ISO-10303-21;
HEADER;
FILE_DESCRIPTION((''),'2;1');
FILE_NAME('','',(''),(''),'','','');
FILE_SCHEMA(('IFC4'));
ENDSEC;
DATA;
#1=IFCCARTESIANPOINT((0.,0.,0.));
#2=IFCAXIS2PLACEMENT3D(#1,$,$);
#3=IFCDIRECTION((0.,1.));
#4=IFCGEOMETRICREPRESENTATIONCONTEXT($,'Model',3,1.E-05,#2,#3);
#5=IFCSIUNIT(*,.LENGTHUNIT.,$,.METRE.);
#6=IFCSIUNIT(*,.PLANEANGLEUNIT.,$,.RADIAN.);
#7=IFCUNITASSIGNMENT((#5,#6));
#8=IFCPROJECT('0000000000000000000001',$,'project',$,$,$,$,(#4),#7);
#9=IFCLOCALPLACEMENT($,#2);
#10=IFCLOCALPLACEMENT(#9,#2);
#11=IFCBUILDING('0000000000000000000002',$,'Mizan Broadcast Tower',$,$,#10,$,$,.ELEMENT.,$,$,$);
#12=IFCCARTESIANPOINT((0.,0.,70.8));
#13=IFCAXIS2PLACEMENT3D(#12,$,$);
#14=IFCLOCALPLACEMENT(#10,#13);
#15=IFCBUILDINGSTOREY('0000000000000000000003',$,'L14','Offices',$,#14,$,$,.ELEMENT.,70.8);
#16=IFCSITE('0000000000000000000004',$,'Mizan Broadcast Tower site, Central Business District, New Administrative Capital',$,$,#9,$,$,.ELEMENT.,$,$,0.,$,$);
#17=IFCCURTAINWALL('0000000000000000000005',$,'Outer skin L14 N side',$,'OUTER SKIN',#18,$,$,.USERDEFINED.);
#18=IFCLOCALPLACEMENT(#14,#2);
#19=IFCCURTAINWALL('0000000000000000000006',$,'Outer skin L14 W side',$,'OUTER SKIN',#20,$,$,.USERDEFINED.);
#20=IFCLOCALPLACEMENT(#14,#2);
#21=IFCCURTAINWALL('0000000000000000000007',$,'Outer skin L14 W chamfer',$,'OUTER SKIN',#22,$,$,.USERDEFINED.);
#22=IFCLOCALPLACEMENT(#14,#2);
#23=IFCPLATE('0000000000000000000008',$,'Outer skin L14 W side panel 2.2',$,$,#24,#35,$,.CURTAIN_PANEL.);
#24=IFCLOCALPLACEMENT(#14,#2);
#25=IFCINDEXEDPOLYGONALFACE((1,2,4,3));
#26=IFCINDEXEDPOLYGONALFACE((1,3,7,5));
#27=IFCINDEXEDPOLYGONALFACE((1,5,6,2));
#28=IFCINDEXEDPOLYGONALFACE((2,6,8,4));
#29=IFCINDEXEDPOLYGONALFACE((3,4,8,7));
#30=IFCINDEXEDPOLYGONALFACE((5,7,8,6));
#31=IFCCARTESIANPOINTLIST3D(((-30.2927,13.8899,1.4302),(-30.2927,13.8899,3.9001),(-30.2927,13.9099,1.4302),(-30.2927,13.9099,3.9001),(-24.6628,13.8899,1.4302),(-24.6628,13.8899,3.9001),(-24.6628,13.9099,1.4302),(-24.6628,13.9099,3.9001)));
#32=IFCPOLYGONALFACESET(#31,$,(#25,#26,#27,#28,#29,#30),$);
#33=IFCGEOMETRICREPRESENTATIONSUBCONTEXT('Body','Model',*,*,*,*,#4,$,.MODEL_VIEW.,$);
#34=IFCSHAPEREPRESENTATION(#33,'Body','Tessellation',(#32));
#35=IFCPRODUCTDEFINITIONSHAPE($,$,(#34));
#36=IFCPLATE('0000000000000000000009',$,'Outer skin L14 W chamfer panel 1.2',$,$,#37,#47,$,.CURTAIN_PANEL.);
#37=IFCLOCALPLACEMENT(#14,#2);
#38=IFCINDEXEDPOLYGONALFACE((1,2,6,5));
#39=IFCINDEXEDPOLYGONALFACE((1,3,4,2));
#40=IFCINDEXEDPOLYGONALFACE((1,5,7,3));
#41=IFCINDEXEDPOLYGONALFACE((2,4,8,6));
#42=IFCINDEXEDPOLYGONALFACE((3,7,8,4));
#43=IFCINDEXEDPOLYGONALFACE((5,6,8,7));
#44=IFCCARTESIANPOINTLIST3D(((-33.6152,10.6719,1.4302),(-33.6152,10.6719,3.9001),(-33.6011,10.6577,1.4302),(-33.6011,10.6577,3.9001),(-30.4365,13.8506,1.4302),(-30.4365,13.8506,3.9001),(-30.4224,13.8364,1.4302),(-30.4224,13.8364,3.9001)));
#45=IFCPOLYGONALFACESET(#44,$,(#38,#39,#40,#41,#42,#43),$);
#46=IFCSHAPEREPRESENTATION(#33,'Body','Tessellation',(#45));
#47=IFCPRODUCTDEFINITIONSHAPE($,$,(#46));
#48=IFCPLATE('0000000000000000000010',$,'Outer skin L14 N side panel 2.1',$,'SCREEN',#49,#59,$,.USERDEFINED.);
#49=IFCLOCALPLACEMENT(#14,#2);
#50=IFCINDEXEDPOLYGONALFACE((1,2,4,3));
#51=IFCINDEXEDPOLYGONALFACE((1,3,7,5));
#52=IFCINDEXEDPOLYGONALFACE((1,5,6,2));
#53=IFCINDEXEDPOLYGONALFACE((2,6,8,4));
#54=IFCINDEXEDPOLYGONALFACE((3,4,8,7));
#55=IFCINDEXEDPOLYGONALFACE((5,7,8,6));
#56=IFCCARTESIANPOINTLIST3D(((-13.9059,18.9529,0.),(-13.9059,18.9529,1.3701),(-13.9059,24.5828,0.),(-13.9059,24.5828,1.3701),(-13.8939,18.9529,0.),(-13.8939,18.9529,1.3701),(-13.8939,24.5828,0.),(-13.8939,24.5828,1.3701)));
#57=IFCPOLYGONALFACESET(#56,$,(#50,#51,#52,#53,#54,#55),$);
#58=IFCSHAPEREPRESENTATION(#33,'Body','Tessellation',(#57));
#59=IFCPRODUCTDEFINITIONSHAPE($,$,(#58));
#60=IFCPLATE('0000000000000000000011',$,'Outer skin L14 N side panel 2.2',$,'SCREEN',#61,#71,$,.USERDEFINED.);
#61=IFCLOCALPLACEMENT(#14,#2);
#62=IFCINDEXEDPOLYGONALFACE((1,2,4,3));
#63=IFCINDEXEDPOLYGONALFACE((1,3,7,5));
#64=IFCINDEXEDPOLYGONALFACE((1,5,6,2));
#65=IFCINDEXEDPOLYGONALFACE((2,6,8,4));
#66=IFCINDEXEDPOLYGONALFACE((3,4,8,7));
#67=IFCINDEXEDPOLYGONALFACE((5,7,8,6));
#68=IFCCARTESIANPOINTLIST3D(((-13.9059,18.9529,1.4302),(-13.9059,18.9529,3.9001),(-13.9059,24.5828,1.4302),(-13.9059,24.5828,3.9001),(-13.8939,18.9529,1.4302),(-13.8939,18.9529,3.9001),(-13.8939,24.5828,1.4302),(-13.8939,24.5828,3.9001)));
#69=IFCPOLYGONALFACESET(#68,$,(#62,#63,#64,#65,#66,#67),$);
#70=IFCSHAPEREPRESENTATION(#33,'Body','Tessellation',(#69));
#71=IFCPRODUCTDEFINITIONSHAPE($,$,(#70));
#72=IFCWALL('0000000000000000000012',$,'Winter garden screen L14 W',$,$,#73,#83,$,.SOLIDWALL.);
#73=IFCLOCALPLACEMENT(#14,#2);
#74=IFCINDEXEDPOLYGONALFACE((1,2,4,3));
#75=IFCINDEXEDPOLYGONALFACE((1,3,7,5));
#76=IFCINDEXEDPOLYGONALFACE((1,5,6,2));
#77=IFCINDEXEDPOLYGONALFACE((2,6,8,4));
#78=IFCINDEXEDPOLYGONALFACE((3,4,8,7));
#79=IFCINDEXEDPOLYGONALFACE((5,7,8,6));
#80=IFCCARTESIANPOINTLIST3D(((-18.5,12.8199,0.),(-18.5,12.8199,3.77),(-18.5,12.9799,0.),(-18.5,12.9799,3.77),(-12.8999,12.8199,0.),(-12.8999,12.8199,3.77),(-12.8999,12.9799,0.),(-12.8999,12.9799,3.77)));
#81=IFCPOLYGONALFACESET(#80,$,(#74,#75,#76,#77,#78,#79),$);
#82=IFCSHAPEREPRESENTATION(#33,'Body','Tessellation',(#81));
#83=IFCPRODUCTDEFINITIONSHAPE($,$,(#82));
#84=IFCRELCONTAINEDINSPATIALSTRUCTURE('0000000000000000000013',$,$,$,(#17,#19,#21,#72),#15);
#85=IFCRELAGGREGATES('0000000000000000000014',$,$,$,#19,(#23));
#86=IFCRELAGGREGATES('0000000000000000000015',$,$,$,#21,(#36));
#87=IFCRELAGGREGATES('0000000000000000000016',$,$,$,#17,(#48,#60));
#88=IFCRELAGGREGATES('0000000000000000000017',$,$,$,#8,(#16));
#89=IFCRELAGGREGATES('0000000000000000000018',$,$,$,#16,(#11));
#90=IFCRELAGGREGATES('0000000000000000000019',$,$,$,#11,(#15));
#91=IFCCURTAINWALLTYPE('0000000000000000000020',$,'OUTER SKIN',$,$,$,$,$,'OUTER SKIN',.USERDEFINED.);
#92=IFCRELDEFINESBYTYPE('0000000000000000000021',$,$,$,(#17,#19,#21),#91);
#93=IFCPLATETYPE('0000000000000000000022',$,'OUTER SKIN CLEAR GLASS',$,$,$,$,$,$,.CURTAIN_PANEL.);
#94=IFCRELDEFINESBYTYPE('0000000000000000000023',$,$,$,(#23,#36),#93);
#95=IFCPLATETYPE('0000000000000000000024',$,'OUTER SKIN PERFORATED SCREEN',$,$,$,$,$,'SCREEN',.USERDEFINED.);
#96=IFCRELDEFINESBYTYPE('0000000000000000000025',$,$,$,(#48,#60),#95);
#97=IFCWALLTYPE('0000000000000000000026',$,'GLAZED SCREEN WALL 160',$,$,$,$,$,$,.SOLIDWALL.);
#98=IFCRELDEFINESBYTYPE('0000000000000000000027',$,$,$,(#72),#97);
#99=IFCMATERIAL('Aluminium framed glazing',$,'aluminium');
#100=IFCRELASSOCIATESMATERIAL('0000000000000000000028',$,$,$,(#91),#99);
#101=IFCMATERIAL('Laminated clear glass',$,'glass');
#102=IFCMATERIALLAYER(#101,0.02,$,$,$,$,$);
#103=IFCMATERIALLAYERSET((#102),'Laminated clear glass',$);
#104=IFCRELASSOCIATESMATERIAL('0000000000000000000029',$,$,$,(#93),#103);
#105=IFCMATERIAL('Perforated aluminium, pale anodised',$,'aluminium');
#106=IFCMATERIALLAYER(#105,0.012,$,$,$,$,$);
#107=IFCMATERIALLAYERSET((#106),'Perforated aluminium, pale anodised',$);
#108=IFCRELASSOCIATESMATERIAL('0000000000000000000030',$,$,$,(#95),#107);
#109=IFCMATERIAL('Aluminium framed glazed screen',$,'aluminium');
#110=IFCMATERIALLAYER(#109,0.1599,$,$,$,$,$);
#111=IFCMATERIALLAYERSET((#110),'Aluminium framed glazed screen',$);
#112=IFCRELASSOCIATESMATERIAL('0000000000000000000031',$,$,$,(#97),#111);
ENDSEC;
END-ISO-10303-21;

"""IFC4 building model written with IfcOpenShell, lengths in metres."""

from ifc_helpers import new_model, si_unit, direction, frame, frame_2d, origin, origin_2d, place, context, subcontext, project, spatial, rectangle, extrude, material, layer, layer_set, type_object, element, aggregate, save


model = new_model("IFC4")

# Units and contexts
model_context = context("Model", 3, precision=1e-05, world=origin(), true_north=direction((0.0, 1.0)))
body_context = subcontext(model_context, "Body", "Model", "MODEL_VIEW")
ifc_project = project(units=[si_unit("LENGTHUNIT", "METRE"), si_unit("PLANEANGLEUNIT", "RADIAN")], contexts=[model_context])

# Site, building, storey
site_placement = place(None, origin())
site = spatial("IfcSite", under=ifc_project, at=site_placement, Name="Mizan Broadcast Tower site, Central Business District, New Administrative Capital", CompositionType="ELEMENT", RefElevation=0.0)
building_placement = place(site_placement, origin())
building = spatial("IfcBuilding", under=site, at=building_placement, Name="Mizan Broadcast Tower", CompositionType="ELEMENT")
storey_placement = place(building_placement, frame((0.0, 0.0, 70.8)))
storey = spatial("IfcBuildingStorey", under=building, at=storey_placement, Name="L14", Description="Offices", CompositionType="ELEMENT", Elevation=70.8)

# Shared definitions
ifc_material_1 = material(Name="Aluminium framed glazing", Category="aluminium")
curtain_wall_type_1 = type_object("IfcCurtainWallType", Name="OUTER SKIN", ElementType="OUTER SKIN", PredefinedType="USERDEFINED", material=ifc_material_1)

# Curtain wall
curtain_wall_1_placement = place(storey_placement, origin())
curtain_wall_1 = element("IfcCurtainWall", 1, at=curtain_wall_1_placement, inside=storey, type_object=curtain_wall_type_1, Name="Outer skin L14 N side", ObjectType="OUTER SKIN", PredefinedType="USERDEFINED")

# Curtain wall
curtain_wall_2_placement = place(storey_placement, origin())
curtain_wall_2 = element("IfcCurtainWall", 2, at=curtain_wall_2_placement, inside=storey, type_object=curtain_wall_type_1, Name="Outer skin L14 W side", ObjectType="OUTER SKIN", PredefinedType="USERDEFINED")

# Curtain wall
curtain_wall_3_placement = place(storey_placement, origin())
curtain_wall_3 = element("IfcCurtainWall", 3, at=curtain_wall_3_placement, inside=storey, type_object=curtain_wall_type_1, Name="Outer skin L14 W chamfer", ObjectType="OUTER SKIN", PredefinedType="USERDEFINED")

# Plates
ifc_material_2 = material(Name="Laminated clear glass", Category="glass")
ifc_layer_1 = layer(ifc_material_2, 0.02)
ifc_layer_set_1 = layer_set([ifc_layer_1], Name="Laminated clear glass")
plate_type_1 = type_object("IfcPlateType", Name="OUTER SKIN CLEAR GLASS", PredefinedType="CURTAIN_PANEL", material=ifc_layer_set_1)
plate_1_placement = place(storey_placement, frame((-27.4778, 13.8999, 1.4302), z_axis=(0.0, 0.0, 1.0), x_axis=(-1.0, 0.0, 0.0)))
plate_1 = element("IfcPlate", 4, at=plate_1_placement, type_object=plate_type_1, Name="Outer skin L14 W side panel 2.2", PredefinedType="CURTAIN_PANEL", context=body_context, shape_type="SweptSolid", body=[
    extrude(rectangle(XDim=5.6299, YDim=0.02, at=origin_2d()), origin(), (0.0, 0.0, 1.0), 2.47),
])
aggregate(curtain_wall_2, [plate_1])
plate_2_placement = place(storey_placement, frame((-32.0188, 12.2542, 1.4302), z_axis=(0.0, 0.0, 1.0), x_axis=(-0.707107, -0.707107, 0.0)))
plate_2 = element("IfcPlate", 5, at=plate_2_placement, type_object=plate_type_1, Name="Outer skin L14 W chamfer panel 1.2", PredefinedType="CURTAIN_PANEL", context=body_context, shape_type="SweptSolid", body=[
    extrude(rectangle(XDim=4.4954, YDim=0.02, at=origin_2d()), origin(), (0.0, 0.0, 1.0), 2.47),
])
aggregate(curtain_wall_3, [plate_2])
ifc_material_3 = material(Name="Perforated aluminium, pale anodised", Category="aluminium")
ifc_layer_2 = layer(ifc_material_3, 0.012)
ifc_layer_set_2 = layer_set([ifc_layer_2], Name="Perforated aluminium, pale anodised")
plate_type_2 = type_object("IfcPlateType", Name="OUTER SKIN PERFORATED SCREEN", ElementType="SCREEN", PredefinedType="USERDEFINED", material=ifc_layer_set_2)
plate_3_placement = place(storey_placement, frame((-13.8999, 21.7678, 0.0), z_axis=(0.0, 0.0, 1.0), x_axis=(0.0, -1.0, 0.0)))
plate_3 = element("IfcPlate", 6, at=plate_3_placement, type_object=plate_type_2, Name="Outer skin L14 N side panel 2.1", ObjectType="SCREEN", PredefinedType="USERDEFINED", context=body_context, shape_type="SweptSolid", body=[
    extrude(rectangle(XDim=5.6299, YDim=0.012, at=origin_2d()), origin(), (0.0, 0.0, 1.0), 1.3701),
])
plate_4_placement = place(storey_placement, frame((-13.8999, 21.7678, 1.4302), z_axis=(0.0, 0.0, 1.0), x_axis=(0.0, -1.0, 0.0)))
plate_4 = element("IfcPlate", 7, at=plate_4_placement, type_object=plate_type_2, Name="Outer skin L14 N side panel 2.2", ObjectType="SCREEN", PredefinedType="USERDEFINED", context=body_context, shape_type="SweptSolid", body=[
    extrude(rectangle(XDim=5.6299, YDim=0.012, at=origin_2d()), origin(), (0.0, 0.0, 1.0), 2.47),
])
aggregate(curtain_wall_1, [plate_3, plate_4])

# Wall
ifc_material_4 = material(Name="Aluminium framed glazed screen", Category="aluminium")
ifc_layer_3 = layer(ifc_material_4, 0.1599)
ifc_layer_set_3 = layer_set([ifc_layer_3], Name="Aluminium framed glazed screen")
wall_type = type_object("IfcWallType", Name="GLAZED SCREEN WALL 160", PredefinedType="SOLIDWALL", material=ifc_layer_set_3)
wall_placement = place(storey_placement, frame((-12.8999, 12.8999, 0.0), z_axis=(0.0, 0.0, 1.0), x_axis=(-1.0, 0.0, 0.0)))
element("IfcWall", 8, at=wall_placement, inside=storey, type_object=wall_type, Name="Winter garden screen L14 W", PredefinedType="SOLIDWALL", context=body_context, shape_type="SweptSolid", body=[
    extrude(rectangle(XDim=5.6001, YDim=0.1599, at=frame_2d((2.8, 0.0))), origin(), (0.0, 0.0, 1.0), 3.77),
])

save(model, "model.ifc")
